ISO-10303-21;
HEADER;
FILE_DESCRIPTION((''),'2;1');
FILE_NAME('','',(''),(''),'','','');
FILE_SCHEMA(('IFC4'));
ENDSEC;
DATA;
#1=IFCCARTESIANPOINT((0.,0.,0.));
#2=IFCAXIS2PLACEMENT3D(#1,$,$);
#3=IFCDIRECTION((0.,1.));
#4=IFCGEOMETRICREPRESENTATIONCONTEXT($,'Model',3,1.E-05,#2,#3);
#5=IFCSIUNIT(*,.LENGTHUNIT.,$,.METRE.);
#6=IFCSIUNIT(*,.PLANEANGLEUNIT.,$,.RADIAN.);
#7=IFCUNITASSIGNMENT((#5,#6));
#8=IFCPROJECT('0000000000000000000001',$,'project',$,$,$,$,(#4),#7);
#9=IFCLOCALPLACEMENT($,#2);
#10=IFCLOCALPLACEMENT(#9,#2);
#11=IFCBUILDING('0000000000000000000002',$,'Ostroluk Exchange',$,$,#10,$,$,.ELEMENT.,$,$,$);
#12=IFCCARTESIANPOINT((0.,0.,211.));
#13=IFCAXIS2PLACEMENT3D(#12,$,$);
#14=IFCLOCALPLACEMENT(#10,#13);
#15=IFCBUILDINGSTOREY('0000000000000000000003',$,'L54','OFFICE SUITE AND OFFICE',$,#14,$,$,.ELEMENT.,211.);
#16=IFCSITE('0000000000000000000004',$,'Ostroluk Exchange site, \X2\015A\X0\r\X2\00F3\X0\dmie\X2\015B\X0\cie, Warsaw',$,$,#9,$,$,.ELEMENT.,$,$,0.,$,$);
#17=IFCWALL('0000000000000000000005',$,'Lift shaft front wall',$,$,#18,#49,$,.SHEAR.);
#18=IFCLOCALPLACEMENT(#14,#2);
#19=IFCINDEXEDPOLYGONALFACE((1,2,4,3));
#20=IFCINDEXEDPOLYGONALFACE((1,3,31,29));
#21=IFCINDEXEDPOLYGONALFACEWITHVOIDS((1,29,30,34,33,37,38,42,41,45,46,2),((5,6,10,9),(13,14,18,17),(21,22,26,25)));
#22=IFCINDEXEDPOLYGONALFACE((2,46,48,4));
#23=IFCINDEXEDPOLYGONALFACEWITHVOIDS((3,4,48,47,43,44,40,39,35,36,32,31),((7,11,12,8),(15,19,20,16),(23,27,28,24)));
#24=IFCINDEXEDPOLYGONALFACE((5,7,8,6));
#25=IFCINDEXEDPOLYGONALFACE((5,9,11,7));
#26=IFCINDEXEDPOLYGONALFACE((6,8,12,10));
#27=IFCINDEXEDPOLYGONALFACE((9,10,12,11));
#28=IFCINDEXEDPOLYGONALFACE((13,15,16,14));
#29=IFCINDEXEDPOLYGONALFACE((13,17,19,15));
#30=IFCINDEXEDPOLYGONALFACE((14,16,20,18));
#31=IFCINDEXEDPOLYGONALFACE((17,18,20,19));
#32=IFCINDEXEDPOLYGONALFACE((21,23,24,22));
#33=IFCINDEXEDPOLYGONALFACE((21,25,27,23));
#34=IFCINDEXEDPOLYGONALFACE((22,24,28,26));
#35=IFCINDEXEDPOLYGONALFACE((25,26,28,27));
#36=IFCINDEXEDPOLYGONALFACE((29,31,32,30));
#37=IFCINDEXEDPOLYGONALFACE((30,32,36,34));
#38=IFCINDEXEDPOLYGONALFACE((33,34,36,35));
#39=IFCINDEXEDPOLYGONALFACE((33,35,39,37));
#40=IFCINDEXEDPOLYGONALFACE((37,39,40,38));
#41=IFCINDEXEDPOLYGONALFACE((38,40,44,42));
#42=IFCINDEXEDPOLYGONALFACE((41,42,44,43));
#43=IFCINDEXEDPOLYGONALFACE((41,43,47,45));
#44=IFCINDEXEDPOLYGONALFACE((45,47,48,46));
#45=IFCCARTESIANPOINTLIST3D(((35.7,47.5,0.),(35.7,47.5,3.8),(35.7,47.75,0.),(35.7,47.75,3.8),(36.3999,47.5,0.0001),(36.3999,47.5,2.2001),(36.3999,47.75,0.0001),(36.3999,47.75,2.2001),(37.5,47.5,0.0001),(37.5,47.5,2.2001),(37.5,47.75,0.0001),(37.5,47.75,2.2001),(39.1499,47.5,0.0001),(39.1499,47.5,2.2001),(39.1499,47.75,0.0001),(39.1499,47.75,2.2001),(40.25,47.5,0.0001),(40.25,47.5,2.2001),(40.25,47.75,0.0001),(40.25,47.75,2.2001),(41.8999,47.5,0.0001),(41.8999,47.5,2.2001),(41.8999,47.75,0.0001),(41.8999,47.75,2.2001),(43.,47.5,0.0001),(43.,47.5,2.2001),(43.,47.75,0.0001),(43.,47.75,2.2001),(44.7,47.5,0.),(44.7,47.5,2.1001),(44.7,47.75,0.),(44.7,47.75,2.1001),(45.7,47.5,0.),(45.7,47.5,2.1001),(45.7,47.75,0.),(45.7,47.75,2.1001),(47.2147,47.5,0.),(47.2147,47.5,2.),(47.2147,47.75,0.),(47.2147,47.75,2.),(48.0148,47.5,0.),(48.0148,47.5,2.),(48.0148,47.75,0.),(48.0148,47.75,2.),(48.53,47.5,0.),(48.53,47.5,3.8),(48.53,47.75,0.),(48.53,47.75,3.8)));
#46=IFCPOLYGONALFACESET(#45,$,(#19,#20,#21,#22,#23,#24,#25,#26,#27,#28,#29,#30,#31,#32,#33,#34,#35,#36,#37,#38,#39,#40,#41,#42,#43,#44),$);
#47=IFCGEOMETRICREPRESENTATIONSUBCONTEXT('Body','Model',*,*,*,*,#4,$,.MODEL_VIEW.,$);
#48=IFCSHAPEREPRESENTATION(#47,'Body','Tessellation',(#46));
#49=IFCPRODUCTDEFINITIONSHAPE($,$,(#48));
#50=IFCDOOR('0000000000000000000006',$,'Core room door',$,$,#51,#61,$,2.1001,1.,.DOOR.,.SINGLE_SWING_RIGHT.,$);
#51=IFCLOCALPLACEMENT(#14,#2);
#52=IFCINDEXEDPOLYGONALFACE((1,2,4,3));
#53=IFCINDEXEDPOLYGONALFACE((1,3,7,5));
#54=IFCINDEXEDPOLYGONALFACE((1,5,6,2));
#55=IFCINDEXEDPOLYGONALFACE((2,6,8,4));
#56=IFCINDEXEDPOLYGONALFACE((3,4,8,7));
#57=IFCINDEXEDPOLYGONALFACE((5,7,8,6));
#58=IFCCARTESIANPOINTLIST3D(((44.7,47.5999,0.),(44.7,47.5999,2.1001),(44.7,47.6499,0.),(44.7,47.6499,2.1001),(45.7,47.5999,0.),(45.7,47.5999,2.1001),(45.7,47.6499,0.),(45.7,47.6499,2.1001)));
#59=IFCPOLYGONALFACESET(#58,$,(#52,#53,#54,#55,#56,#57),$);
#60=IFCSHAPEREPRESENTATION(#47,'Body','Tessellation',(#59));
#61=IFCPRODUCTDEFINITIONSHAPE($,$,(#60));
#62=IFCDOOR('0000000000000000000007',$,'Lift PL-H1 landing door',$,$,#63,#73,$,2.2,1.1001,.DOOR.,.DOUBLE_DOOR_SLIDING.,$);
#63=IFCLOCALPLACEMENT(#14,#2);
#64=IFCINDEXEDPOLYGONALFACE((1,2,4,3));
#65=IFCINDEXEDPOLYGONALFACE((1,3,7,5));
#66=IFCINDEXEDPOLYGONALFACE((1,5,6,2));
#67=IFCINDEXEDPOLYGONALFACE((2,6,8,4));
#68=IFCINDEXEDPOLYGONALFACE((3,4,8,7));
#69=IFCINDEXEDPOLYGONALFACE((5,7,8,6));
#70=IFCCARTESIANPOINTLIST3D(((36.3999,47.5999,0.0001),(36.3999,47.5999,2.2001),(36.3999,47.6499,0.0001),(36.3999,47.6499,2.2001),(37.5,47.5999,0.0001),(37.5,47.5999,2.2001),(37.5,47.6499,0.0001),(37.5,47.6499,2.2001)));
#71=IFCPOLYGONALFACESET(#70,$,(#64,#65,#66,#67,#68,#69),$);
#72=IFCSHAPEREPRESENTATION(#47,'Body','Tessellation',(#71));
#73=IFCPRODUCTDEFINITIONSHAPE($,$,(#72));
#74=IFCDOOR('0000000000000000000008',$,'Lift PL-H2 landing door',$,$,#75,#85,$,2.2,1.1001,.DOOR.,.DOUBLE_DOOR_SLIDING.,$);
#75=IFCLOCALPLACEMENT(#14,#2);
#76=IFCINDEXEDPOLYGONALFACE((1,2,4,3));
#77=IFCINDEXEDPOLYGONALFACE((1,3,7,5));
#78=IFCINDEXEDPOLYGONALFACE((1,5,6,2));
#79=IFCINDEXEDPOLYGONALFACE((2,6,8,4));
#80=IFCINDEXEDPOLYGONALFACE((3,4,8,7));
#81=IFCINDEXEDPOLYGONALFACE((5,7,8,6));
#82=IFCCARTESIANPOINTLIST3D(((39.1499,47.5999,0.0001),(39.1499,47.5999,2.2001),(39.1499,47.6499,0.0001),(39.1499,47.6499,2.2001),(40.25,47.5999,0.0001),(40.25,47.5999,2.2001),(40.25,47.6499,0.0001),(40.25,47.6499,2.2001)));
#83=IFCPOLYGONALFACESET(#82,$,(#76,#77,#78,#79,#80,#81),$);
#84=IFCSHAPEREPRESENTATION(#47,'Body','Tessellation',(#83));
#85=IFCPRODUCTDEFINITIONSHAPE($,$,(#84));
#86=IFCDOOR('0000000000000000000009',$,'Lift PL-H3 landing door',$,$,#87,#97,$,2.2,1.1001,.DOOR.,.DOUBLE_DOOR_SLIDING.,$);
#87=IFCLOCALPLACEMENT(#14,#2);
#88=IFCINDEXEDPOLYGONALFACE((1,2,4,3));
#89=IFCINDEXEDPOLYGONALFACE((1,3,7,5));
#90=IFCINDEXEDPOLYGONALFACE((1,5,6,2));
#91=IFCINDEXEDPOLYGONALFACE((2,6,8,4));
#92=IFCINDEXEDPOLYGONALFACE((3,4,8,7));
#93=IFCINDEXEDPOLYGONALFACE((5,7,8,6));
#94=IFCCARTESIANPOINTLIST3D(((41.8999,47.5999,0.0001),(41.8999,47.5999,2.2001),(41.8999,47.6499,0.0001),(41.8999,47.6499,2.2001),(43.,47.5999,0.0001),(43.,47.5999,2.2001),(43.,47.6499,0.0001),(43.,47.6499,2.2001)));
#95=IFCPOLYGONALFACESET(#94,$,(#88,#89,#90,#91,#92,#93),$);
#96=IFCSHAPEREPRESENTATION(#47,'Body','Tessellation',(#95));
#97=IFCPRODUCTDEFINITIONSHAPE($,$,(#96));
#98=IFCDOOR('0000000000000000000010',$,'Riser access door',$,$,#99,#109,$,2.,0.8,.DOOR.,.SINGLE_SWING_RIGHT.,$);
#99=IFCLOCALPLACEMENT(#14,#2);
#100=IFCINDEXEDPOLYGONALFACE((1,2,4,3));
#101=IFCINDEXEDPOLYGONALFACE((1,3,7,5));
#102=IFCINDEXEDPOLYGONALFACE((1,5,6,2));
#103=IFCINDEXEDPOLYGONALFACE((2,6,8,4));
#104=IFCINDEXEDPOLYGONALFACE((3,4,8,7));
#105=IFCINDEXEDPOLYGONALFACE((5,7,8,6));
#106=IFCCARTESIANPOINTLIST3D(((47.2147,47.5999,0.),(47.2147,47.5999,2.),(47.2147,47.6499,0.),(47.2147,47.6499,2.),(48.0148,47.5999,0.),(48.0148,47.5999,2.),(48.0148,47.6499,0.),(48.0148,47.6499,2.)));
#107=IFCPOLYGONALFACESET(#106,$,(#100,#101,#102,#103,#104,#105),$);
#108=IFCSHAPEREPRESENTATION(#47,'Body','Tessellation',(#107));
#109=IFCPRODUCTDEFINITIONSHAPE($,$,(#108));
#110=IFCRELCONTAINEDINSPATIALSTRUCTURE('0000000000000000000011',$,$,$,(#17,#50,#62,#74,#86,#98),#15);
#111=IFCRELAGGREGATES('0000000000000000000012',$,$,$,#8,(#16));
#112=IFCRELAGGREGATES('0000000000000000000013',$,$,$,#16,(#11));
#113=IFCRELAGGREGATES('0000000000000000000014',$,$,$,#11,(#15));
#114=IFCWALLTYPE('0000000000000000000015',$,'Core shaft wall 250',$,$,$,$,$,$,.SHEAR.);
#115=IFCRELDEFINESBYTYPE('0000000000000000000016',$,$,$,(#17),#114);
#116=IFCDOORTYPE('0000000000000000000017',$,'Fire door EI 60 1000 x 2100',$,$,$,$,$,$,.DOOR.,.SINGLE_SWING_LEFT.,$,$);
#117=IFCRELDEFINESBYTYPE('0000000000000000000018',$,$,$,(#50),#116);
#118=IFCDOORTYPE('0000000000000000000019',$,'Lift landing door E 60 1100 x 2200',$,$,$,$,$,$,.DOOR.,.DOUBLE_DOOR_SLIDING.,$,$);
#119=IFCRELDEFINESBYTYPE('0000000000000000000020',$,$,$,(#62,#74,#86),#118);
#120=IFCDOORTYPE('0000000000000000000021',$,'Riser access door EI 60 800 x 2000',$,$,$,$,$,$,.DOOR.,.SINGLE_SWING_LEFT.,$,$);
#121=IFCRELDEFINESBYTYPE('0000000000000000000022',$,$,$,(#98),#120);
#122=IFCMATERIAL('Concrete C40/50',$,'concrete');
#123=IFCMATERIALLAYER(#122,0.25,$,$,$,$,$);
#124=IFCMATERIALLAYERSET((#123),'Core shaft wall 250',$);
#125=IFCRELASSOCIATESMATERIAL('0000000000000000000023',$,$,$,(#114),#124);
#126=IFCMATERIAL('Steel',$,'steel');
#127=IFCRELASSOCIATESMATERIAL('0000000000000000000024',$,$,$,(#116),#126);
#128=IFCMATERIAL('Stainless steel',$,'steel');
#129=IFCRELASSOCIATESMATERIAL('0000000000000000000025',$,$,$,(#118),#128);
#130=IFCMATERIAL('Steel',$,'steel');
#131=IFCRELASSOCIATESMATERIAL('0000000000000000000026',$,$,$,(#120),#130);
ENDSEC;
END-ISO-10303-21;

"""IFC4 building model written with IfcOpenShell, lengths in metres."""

from ifc_helpers import new_model, si_unit, direction, frame, frame_2d, origin, place, context, subcontext, project, spatial, rectangle, extrude, material, layer, layer_set, type_object, element, fill, save


model = new_model("IFC4")

# Units and contexts
model_context = context("Model", 3, precision=1e-05, world=origin(), true_north=direction((0.0, 1.0)))
body_context = subcontext(model_context, "Body", "Model", "MODEL_VIEW")
ifc_project = project(units=[si_unit("LENGTHUNIT", "METRE"), si_unit("PLANEANGLEUNIT", "RADIAN")], contexts=[model_context])

# Site, building, storey
site_placement = place(None, origin())
site = spatial("IfcSite", under=ifc_project, at=site_placement, Name="Ostroluk Exchange site, Śródmieście, Warsaw", CompositionType="ELEMENT", RefElevation=0.0)
building_placement = place(site_placement, origin())
building = spatial("IfcBuilding", under=site, at=building_placement, Name="Ostroluk Exchange", CompositionType="ELEMENT")
storey_placement = place(building_placement, frame((0.0, 0.0, 211.0)))
storey = spatial("IfcBuildingStorey", under=building, at=storey_placement, Name="L54", Description="OFFICE SUITE AND OFFICE", CompositionType="ELEMENT", Elevation=211.0)

# Shared definitions
ifc_material_1 = material(Name="Concrete C40/50", Category="concrete")
ifc_layer_1 = layer(ifc_material_1, 0.25)
ifc_layer_set_1 = layer_set([ifc_layer_1], Name="Core shaft wall 250")
wall_type_1 = type_object("IfcWallType", Name="Core shaft wall 250", PredefinedType="SHEAR", material=ifc_layer_set_1)

# Wall, openings, doors
wall_1_placement = place(storey_placement, frame((35.7, 47.625, 0.0), z_axis=(0.0, 0.0, 1.0), x_axis=(1.0, 0.0, 0.0)))
wall_1 = element("IfcWall", 1, at=wall_1_placement, inside=storey, type_object=wall_type_1, Name="Lift shaft front wall", PredefinedType="SHEAR", context=body_context, shape_type="SweptSolid", body=[
    extrude(rectangle(XDim=12.8301, YDim=0.25, at=frame_2d((6.415, 0.0))), origin(), (0.0, 0.0, 1.0), 3.8),
])
opening_1_placement = place(wall_1_placement, frame((0.7, 0.0, 0.0)))
opening_1 = element("IfcOpeningElement", 2, at=opening_1_placement, cuts=wall_1, PredefinedType="OPENING", context=body_context, shape_type="SweptSolid", body=[
    extrude(rectangle(XDim=1.1001, YDim=2.2, at=frame_2d((0.55, 1.1001))), frame((0.0, 0.135, 0.0), z_axis=(0.0, -1.0, 0.0), x_axis=(1.0, 0.0, 0.0)), (0.0, 0.0, 1.0), 0.27),
])
opening_2_placement = place(wall_1_placement, frame((3.45, 0.0, 0.0)))
opening_2 = element("IfcOpeningElement", 3, at=opening_2_placement, cuts=wall_1, PredefinedType="OPENING", context=body_context, shape_type="SweptSolid", body=[
    extrude(rectangle(XDim=1.1001, YDim=2.2, at=frame_2d((0.55, 1.1001))), frame((0.0, 0.135, 0.0), z_axis=(0.0, -1.0, 0.0), x_axis=(1.0, 0.0, 0.0)), (0.0, 0.0, 1.0), 0.27),
])
opening_3_placement = place(wall_1_placement, frame((6.2, 0.0, 0.0)))
opening_3 = element("IfcOpeningElement", 4, at=opening_3_placement, cuts=wall_1, PredefinedType="OPENING", context=body_context, shape_type="SweptSolid", body=[
    extrude(rectangle(XDim=1.1001, YDim=2.2, at=frame_2d((0.55, 1.1001))), frame((0.0, 0.135, 0.0), z_axis=(0.0, -1.0, 0.0), x_axis=(1.0, 0.0, 0.0)), (0.0, 0.0, 1.0), 0.27),
])
opening_4_placement = place(wall_1_placement, frame((9.0, 0.0, 0.0)))
opening_4 = element("IfcOpeningElement", 5, at=opening_4_placement, cuts=wall_1, PredefinedType="OPENING", context=body_context, shape_type="SweptSolid", body=[
    extrude(rectangle(XDim=1.0, YDim=2.1001, at=frame_2d((0.5, 1.05))), frame((0.0, 0.135, 0.0), z_axis=(0.0, -1.0, 0.0), x_axis=(1.0, 0.0, 0.0)), (0.0, 0.0, 1.0), 0.27),
])
opening_5_placement = place(wall_1_placement, frame((11.5149, 0.0, 0.0)))
opening_5 = element("IfcOpeningElement", 6, at=opening_5_placement, cuts=wall_1, PredefinedType="OPENING", context=body_context, shape_type="SweptSolid", body=[
    extrude(rectangle(XDim=0.8, YDim=2.0, at=frame_2d((0.3999, 1.0))), frame((0.0, 0.135, 0.0), z_axis=(0.0, -1.0, 0.0), x_axis=(1.0, 0.0, 0.0)), (0.0, 0.0, 1.0), 0.27),
])
ifc_material_2 = material(Name="Steel", Category="steel")
door_type_1 = type_object("IfcDoorType", Name="Fire door EI 60 1000 x 2100", OperationType="SINGLE_SWING_LEFT", PredefinedType="DOOR", material=ifc_material_2)
door_1_placement = place(opening_4_placement, origin())
door_1 = element("IfcDoor", 7, at=door_1_placement, inside=storey, type_object=door_type_1, Name="Core room door", OperationType="SINGLE_SWING_RIGHT", OverallHeight=2.1001, OverallWidth=1.0, PredefinedType="DOOR", context=body_context, shape_type="SweptSolid", body=[
    extrude(rectangle(XDim=1.0, YDim=2.1001, at=frame_2d((0.5, 1.05))), frame((0.0, 0.0249, 0.0), z_axis=(0.0, -1.0, 0.0), x_axis=(1.0, 0.0, 0.0)), (0.0, 0.0, 1.0), 0.05),
])
fill(opening_4, door_1)
ifc_material_3 = material(Name="Stainless steel", Category="steel")
door_type_2 = type_object("IfcDoorType", Name="Lift landing door E 60 1100 x 2200", OperationType="DOUBLE_DOOR_SLIDING", PredefinedType="DOOR", material=ifc_material_3)
door_2_placement = place(opening_1_placement, origin())
door_2 = element("IfcDoor", 8, at=door_2_placement, inside=storey, type_object=door_type_2, Name="Lift PL-H1 landing door", OperationType="DOUBLE_DOOR_SLIDING", OverallHeight=2.2, OverallWidth=1.1001, PredefinedType="DOOR", context=body_context, shape_type="SweptSolid", body=[
    extrude(rectangle(XDim=1.1001, YDim=2.2, at=frame_2d((0.55, 1.1001))), frame((0.0, 0.0249, 0.0), z_axis=(0.0, -1.0, 0.0), x_axis=(1.0, 0.0, 0.0)), (0.0, 0.0, 1.0), 0.05),
])
fill(opening_1, door_2)
door_3_placement = place(opening_2_placement, origin())
door_3 = element("IfcDoor", 9, at=door_3_placement, inside=storey, type_object=door_type_2, Name="Lift PL-H2 landing door", OperationType="DOUBLE_DOOR_SLIDING", OverallHeight=2.2, OverallWidth=1.1001, PredefinedType="DOOR", context=body_context, shape_type="SweptSolid", body=[
    extrude(rectangle(XDim=1.1001, YDim=2.2, at=frame_2d((0.55, 1.1001))), frame((0.0, 0.0249, 0.0), z_axis=(0.0, -1.0, 0.0), x_axis=(1.0, 0.0, 0.0)), (0.0, 0.0, 1.0), 0.05),
])
fill(opening_2, door_3)
door_4_placement = place(opening_3_placement, origin())
door_4 = element("IfcDoor", 10, at=door_4_placement, inside=storey, type_object=door_type_2, Name="Lift PL-H3 landing door", OperationType="DOUBLE_DOOR_SLIDING", OverallHeight=2.2, OverallWidth=1.1001, PredefinedType="DOOR", context=body_context, shape_type="SweptSolid", body=[
    extrude(rectangle(XDim=1.1001, YDim=2.2, at=frame_2d((0.55, 1.1001))), frame((0.0, 0.0249, 0.0), z_axis=(0.0, -1.0, 0.0), x_axis=(1.0, 0.0, 0.0)), (0.0, 0.0, 1.0), 0.05),
])
fill(opening_3, door_4)
ifc_material_4 = material(Name="Steel", Category="steel")
door_type_3 = type_object("IfcDoorType", Name="Riser access door EI 60 800 x 2000", OperationType="SINGLE_SWING_LEFT", PredefinedType="DOOR", material=ifc_material_4)
door_5_placement = place(opening_5_placement, origin())
door_5 = element("IfcDoor", 11, at=door_5_placement, inside=storey, type_object=door_type_3, Name="Riser access door", OperationType="SINGLE_SWING_RIGHT", OverallHeight=2.0, OverallWidth=0.8, PredefinedType="DOOR", context=body_context, shape_type="SweptSolid", body=[
    extrude(rectangle(XDim=0.8, YDim=2.0, at=frame_2d((0.3999, 1.0))), frame((0.0, 0.0249, 0.0), z_axis=(0.0, -1.0, 0.0), x_axis=(1.0, 0.0, 0.0)), (0.0, 0.0, 1.0), 0.05),
])
fill(opening_5, door_5)

save(model, "model.ifc")
